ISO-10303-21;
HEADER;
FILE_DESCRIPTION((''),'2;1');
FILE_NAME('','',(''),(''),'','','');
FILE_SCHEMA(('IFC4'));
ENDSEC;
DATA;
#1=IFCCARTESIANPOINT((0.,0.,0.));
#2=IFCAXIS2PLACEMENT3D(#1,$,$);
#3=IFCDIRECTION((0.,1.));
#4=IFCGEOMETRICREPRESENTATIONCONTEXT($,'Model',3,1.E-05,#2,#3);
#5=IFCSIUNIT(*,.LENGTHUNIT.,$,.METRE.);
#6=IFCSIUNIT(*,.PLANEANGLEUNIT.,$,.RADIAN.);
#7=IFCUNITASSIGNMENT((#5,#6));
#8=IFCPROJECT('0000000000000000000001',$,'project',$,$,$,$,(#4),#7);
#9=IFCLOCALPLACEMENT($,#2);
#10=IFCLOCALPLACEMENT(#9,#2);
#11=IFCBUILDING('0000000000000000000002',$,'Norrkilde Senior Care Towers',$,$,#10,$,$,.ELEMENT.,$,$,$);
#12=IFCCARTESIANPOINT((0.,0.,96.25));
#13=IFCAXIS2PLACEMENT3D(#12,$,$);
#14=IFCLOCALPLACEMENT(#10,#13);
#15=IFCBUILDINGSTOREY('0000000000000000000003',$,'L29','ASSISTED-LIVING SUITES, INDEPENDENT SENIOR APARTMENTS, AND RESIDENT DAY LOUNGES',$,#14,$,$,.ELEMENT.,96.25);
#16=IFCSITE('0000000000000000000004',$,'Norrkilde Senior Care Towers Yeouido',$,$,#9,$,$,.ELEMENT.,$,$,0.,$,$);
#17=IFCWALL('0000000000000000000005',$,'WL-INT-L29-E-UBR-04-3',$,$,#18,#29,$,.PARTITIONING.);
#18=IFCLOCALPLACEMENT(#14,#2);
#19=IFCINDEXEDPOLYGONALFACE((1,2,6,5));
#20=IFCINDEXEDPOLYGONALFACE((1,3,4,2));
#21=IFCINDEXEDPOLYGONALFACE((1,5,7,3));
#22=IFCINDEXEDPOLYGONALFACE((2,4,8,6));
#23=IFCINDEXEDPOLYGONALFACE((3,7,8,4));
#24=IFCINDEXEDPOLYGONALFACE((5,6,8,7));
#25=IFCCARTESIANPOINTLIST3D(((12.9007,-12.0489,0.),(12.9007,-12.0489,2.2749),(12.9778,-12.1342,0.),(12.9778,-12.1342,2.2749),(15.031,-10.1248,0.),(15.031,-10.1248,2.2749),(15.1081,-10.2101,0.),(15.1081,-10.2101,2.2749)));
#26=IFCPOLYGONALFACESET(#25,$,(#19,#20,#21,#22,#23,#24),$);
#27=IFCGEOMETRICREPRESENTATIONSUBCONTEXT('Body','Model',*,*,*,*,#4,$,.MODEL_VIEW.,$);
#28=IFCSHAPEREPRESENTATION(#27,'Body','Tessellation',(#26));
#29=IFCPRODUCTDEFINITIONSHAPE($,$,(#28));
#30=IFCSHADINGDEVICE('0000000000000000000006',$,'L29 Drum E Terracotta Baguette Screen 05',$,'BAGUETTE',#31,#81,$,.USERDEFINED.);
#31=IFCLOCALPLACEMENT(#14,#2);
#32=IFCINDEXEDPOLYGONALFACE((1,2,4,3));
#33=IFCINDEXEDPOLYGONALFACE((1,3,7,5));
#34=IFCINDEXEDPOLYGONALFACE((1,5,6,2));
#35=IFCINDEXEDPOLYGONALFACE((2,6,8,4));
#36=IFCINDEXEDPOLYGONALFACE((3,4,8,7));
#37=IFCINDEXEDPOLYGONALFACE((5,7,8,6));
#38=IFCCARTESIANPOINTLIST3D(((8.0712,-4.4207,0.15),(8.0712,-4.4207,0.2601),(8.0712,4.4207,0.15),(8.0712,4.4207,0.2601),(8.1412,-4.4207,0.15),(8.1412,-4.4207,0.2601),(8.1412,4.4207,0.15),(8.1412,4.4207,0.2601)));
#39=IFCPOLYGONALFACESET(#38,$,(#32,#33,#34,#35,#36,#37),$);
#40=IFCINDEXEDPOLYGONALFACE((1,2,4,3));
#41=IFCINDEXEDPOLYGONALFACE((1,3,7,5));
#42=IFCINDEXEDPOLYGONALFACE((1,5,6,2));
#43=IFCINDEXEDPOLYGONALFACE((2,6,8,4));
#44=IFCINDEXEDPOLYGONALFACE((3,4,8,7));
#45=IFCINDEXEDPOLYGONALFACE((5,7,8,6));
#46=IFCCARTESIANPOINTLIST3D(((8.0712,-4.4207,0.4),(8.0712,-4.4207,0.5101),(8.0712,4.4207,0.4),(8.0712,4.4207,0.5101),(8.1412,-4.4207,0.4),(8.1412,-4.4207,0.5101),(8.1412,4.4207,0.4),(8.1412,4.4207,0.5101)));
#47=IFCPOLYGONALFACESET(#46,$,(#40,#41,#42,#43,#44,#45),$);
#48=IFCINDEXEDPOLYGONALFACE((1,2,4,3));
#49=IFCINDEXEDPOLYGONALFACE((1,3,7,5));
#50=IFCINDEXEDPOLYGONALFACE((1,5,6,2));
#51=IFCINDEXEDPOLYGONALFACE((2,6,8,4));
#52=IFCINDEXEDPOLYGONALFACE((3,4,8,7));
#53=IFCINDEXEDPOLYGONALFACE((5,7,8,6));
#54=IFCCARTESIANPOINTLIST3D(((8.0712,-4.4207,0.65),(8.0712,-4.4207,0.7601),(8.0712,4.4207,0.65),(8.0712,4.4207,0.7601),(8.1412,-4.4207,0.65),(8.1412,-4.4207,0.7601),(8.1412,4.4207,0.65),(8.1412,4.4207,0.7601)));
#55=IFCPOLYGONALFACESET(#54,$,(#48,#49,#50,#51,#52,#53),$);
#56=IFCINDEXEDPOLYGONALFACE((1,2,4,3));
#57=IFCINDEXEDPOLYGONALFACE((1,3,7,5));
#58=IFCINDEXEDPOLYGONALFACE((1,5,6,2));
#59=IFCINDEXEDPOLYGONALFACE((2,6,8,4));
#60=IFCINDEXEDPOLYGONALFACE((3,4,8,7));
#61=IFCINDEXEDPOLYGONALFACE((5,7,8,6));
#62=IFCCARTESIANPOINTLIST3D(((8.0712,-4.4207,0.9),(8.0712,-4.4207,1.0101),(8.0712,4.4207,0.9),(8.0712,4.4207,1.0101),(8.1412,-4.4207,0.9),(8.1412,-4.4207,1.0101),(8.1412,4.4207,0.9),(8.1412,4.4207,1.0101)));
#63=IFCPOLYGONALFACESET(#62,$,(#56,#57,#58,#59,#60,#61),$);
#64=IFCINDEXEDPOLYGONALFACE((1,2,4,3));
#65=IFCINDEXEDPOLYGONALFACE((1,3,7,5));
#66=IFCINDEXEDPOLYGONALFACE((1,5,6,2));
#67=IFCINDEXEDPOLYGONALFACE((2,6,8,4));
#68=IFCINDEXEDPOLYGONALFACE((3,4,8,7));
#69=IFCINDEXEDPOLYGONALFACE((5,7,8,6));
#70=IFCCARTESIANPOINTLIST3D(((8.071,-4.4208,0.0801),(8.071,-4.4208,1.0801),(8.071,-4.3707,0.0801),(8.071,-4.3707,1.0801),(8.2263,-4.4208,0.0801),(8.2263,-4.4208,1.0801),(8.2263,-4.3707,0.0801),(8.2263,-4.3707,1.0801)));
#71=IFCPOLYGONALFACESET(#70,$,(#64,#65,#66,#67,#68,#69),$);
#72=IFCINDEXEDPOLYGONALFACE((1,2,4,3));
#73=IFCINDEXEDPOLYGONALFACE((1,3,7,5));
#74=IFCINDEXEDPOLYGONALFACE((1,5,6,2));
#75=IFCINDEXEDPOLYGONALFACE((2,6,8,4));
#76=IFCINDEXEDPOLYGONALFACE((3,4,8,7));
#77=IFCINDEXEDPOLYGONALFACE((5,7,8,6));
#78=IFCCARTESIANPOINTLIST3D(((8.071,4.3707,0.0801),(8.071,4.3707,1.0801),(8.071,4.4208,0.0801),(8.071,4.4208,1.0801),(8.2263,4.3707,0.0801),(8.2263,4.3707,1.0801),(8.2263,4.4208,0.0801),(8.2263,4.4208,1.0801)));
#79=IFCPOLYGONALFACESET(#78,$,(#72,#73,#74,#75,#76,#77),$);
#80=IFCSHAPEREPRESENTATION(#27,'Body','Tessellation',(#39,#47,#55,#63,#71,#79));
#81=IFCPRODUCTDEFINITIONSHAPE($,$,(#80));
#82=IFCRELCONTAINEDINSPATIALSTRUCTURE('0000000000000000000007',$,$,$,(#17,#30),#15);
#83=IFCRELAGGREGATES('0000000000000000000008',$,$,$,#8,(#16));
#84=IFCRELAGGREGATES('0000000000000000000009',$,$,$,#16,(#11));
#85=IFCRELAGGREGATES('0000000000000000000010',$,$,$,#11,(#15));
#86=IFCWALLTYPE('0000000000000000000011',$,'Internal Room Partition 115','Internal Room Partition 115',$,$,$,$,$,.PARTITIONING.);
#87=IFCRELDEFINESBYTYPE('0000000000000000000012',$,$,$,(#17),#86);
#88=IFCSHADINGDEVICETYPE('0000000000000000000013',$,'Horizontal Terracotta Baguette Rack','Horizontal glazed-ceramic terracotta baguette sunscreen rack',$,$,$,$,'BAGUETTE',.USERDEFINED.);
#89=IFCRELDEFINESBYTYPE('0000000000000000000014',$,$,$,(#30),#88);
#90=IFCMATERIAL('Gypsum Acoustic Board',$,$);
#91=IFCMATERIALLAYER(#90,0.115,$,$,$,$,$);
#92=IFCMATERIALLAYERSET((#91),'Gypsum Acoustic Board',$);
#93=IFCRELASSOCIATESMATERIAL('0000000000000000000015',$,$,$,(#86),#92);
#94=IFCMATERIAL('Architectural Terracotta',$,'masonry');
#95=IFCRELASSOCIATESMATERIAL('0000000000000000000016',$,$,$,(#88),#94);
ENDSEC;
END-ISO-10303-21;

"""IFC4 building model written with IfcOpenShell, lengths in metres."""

from ifc_helpers import new_model, si_unit, direction, frame, frame_2d, origin, origin_2d, place, context, subcontext, project, spatial, rectangle, extrude, source, transform, mapped, material, layer, layer_set, type_object, type_shapes, element, save


model = new_model("IFC4")

# Units and contexts
model_context = context("Model", 3, precision=1e-05, world=origin(), true_north=direction((0.0, 1.0)))
body_context = subcontext(model_context, "Body", "Model", "MODEL_VIEW")
ifc_project = project(units=[si_unit("LENGTHUNIT", "METRE"), si_unit("PLANEANGLEUNIT", "RADIAN")], contexts=[model_context])

# Site, building, storey
site_placement = place(None, origin())
site = spatial("IfcSite", under=ifc_project, at=site_placement, Name="Norrkilde Senior Care Towers Yeouido", CompositionType="ELEMENT", RefElevation=0.0)
building_placement = place(site_placement, origin())
building = spatial("IfcBuilding", under=site, at=building_placement, Name="Norrkilde Senior Care Towers", CompositionType="ELEMENT")
storey_placement = place(building_placement, frame((0.0, 0.0, 96.25)))
storey = spatial("IfcBuildingStorey", under=building, at=storey_placement, Name="L29", Description="ASSISTED-LIVING SUITES, INDEPENDENT SENIOR APARTMENTS, AND RESIDENT DAY LOUNGES", CompositionType="ELEMENT", Elevation=96.25)

# Shared definitions
ifc_material_1 = material(Name="Gypsum Acoustic Board")
ifc_layer_1 = layer(ifc_material_1, 0.115)
ifc_layer_set_1 = layer_set([ifc_layer_1], Name="Gypsum Acoustic Board")
wall_type_1 = type_object("IfcWallType", Name="Internal Room Partition 115", Description="Internal Room Partition 115", PredefinedType="PARTITIONING", material=ifc_layer_set_1)

# Wall
shared_shape_1 = source(origin(), body_context, "Body", "SweptSolid", [
    extrude(rectangle(XDim=2.8706, YDim=0.115, at=frame_2d((1.4353, 0.0))), origin(), (0.0, 0.0, 1.0), 2.2749),
])
wall_1_placement = place(storey_placement, frame((15.0696, -10.1675, 0.0), z_axis=(0.0, 0.0, 1.0), x_axis=(-0.742126, -0.670261, 0.0)))
element("IfcWall", 1, at=wall_1_placement, inside=storey, type_object=wall_type_1, Name="WL-INT-L29-E-UBR-04-3", PredefinedType="PARTITIONING", context=body_context, shape_type="MappedRepresentation", body=[
    mapped(shared_shape_1, transform((0.0, 0.0, 0.0), x_axis=(1.0, 0.0, 0.0), y_axis=(0.0, 1.0, 0.0), z_axis=(0.0, 0.0, 1.0), scale=1.0)),
])

# Shading device
ifc_material_2 = material(Name="Architectural Terracotta", Category="masonry")
shading_device_type = type_object("IfcShadingDeviceType", Name="Horizontal Terracotta Baguette Rack", Description="Horizontal glazed-ceramic terracotta baguette sunscreen rack", ElementType="BAGUETTE", PredefinedType="USERDEFINED", material=ifc_material_2)
shared_shape_2 = source(origin(), body_context, "Body", "SweptSolid", [
    extrude(rectangle(XDim=0.0701, YDim=0.1101, at=origin_2d()), frame((0.0, 0.0901, 0.125), z_axis=(1.0, 0.0, 0.0), x_axis=(0.0, 1.0, 0.0)), (0.0, 0.0, 1.0), 8.8413),
    extrude(rectangle(XDim=0.0701, YDim=0.1101, at=origin_2d()), frame((0.0, 0.0901, 0.375), z_axis=(1.0, 0.0, 0.0), x_axis=(0.0, 1.0, 0.0)), (0.0, 0.0, 1.0), 8.8413),
    extrude(rectangle(XDim=0.0701, YDim=0.1101, at=origin_2d()), frame((0.0, 0.0901, 0.625), z_axis=(1.0, 0.0, 0.0), x_axis=(0.0, 1.0, 0.0)), (0.0, 0.0, 1.0), 8.8413),
    extrude(rectangle(XDim=0.0701, YDim=0.1101, at=origin_2d()), frame((0.0, 0.0901, 0.875), z_axis=(1.0, 0.0, 0.0), x_axis=(0.0, 1.0, 0.0)), (0.0, 0.0, 1.0), 8.8413),
    extrude(rectangle(XDim=0.05, YDim=0.1553, at=origin_2d()), frame((0.0249, 0.0476, 0.0)), (0.0, 0.0, 1.0), 1.0),
    extrude(rectangle(XDim=0.05, YDim=0.1553, at=origin_2d()), frame((8.8164, 0.0476, 0.0)), (0.0, 0.0, 1.0), 1.0),
])
type_shapes(shading_device_type, [shared_shape_2])
shading_device_placement = place(storey_placement, frame((8.1963, -4.4207, 0.0801), z_axis=(0.0, 0.0, 1.0), x_axis=(0.0, 1.0, 0.0)))
element("IfcShadingDevice", 2, at=shading_device_placement, inside=storey, type_object=shading_device_type, Name="L29 Drum E Terracotta Baguette Screen 05", ObjectType="BAGUETTE", PredefinedType="USERDEFINED", context=body_context, shape_type="MappedRepresentation", body=[
    mapped(shared_shape_2, transform((0.0, 0.0, 0.0), x_axis=(1.0, 0.0, 0.0), y_axis=(0.0, 1.0, 0.0), z_axis=(0.0, 0.0, 1.0), scale=1.0)),
])

save(model, "model.ifc")
